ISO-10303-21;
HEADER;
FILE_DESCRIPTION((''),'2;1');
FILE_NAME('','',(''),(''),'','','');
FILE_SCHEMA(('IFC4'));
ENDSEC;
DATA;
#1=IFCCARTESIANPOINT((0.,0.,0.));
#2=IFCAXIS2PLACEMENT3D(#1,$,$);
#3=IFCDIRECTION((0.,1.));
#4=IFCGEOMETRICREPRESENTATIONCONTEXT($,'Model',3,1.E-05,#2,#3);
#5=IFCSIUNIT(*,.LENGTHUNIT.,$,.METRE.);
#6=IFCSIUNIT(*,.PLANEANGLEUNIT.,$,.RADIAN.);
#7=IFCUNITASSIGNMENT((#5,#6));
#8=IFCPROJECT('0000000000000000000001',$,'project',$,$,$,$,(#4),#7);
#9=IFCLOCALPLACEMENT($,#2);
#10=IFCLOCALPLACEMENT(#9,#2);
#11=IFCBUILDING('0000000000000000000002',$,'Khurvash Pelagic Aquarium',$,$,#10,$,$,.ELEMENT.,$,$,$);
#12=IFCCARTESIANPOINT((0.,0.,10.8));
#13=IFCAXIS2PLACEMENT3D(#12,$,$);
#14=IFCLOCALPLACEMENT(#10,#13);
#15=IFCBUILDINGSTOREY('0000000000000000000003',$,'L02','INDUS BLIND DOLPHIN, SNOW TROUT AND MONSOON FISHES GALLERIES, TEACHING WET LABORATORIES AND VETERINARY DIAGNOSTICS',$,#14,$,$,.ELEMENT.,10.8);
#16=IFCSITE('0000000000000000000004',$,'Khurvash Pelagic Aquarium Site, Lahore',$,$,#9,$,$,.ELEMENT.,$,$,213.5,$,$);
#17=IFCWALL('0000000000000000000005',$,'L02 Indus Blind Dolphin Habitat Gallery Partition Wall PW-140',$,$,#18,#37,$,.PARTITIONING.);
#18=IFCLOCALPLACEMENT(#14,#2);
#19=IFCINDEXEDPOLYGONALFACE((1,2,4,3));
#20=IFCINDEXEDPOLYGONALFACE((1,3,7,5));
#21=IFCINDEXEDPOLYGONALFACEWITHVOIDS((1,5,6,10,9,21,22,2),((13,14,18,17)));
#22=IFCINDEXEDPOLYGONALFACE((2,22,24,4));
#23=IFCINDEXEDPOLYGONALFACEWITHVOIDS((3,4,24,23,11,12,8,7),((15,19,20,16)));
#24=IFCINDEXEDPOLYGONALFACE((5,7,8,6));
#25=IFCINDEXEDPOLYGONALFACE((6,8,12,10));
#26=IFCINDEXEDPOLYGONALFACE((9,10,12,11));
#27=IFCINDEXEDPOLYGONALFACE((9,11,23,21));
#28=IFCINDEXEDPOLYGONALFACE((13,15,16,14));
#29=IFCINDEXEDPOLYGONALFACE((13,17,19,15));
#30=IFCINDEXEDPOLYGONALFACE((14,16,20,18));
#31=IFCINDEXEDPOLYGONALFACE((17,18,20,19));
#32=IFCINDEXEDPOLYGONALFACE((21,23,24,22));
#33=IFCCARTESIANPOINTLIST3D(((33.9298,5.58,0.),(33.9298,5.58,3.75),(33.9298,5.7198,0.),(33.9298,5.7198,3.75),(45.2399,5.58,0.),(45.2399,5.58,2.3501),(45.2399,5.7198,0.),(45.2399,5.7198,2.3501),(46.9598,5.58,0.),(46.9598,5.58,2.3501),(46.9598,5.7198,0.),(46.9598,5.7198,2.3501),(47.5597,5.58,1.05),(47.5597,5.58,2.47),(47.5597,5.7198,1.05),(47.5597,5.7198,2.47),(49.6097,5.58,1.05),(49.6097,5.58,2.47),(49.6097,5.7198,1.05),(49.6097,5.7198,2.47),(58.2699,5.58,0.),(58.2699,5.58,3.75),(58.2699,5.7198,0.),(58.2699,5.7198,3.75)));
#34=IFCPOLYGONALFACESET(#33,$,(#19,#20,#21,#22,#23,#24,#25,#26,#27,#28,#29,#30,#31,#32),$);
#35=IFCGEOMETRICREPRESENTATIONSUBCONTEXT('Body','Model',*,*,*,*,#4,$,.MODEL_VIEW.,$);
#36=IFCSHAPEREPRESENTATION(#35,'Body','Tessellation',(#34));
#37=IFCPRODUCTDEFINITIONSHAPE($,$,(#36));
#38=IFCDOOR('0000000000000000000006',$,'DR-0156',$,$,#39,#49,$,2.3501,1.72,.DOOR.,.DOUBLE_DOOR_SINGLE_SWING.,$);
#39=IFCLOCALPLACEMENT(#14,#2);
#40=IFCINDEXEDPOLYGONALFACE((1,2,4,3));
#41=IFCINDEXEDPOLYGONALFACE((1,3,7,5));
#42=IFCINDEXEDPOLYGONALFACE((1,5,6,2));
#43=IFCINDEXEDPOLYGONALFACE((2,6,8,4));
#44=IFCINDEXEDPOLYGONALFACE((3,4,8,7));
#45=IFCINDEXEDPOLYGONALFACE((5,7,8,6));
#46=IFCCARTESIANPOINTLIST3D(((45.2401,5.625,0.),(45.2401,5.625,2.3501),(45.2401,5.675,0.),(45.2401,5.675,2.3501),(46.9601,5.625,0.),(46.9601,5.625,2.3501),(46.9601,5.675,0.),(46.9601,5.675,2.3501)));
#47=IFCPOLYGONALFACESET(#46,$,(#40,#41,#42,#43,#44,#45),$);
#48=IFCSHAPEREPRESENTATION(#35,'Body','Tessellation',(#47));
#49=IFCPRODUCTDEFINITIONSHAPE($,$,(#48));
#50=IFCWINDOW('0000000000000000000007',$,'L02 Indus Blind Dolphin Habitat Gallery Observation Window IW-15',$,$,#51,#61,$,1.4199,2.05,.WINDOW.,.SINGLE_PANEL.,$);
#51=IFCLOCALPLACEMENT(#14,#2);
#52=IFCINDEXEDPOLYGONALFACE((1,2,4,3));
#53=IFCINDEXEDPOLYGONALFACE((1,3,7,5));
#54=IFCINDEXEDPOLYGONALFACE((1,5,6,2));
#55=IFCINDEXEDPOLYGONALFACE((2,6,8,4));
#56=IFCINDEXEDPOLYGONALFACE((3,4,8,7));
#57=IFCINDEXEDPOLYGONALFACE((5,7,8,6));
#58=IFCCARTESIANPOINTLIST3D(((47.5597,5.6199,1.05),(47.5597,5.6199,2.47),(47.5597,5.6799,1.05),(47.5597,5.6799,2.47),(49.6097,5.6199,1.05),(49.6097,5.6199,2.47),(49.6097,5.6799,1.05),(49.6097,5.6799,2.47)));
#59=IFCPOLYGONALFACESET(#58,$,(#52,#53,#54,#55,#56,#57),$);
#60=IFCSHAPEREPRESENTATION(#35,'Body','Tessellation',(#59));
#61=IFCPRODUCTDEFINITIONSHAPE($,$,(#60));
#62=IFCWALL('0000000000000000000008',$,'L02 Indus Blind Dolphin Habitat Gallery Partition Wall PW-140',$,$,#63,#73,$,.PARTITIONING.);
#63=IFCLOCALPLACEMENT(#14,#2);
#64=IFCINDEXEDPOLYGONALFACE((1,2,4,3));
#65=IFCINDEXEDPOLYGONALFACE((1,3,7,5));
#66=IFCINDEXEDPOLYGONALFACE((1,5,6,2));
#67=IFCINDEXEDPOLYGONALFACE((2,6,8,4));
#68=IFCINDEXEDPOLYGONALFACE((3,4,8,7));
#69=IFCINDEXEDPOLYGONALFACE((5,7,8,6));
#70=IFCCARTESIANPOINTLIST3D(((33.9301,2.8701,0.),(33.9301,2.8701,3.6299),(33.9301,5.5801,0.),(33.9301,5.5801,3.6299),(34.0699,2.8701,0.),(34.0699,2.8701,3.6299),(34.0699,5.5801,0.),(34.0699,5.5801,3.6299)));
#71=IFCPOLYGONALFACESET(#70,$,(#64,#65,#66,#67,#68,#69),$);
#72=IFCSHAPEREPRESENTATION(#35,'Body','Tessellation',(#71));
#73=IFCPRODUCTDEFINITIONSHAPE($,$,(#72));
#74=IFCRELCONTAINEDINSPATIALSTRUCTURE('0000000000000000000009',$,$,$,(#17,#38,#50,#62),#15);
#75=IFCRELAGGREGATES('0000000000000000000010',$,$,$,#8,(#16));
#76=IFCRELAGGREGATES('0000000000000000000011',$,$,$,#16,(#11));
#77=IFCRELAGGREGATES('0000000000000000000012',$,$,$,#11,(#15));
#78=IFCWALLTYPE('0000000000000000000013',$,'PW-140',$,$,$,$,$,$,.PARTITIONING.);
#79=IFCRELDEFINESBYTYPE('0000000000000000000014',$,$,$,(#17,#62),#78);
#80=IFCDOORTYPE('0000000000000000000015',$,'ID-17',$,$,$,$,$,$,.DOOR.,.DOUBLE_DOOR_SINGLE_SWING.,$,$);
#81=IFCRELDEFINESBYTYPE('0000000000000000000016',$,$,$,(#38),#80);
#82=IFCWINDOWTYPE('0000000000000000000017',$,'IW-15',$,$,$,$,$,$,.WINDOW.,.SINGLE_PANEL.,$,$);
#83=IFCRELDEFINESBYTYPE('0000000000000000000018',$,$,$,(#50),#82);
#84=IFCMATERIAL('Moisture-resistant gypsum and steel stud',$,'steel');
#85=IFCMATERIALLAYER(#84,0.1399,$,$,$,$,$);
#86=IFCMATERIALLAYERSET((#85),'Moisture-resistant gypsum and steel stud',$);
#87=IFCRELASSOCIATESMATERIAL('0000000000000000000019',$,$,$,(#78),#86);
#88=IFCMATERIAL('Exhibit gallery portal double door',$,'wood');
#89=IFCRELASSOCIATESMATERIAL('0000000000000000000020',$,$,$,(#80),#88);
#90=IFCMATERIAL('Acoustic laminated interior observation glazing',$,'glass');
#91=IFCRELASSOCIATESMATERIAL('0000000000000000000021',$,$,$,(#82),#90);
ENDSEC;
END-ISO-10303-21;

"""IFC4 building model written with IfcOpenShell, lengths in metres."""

from ifc_helpers import new_model, si_unit, direction, frame, frame_2d, origin, place, context, subcontext, project, spatial, rectangle, extrude, material, layer, layer_set, type_object, element, fill, save


model = new_model("IFC4")

# Units and contexts
model_context = context("Model", 3, precision=1e-05, world=origin(), true_north=direction((0.0, 1.0)))
body_context = subcontext(model_context, "Body", "Model", "MODEL_VIEW")
ifc_project = project(units=[si_unit("LENGTHUNIT", "METRE"), si_unit("PLANEANGLEUNIT", "RADIAN")], contexts=[model_context])

# Site, building, storey
site_placement = place(None, origin())
site = spatial("IfcSite", under=ifc_project, at=site_placement, Name="Khurvash Pelagic Aquarium Site, Lahore", CompositionType="ELEMENT", RefElevation=213.5)
building_placement = place(site_placement, origin())
building = spatial("IfcBuilding", under=site, at=building_placement, Name="Khurvash Pelagic Aquarium", CompositionType="ELEMENT")
storey_placement = place(building_placement, frame((0.0, 0.0, 10.8)))
storey = spatial("IfcBuildingStorey", under=building, at=storey_placement, Name="L02", Description="INDUS BLIND DOLPHIN, SNOW TROUT AND MONSOON FISHES GALLERIES, TEACHING WET LABORATORIES AND VETERINARY DIAGNOSTICS", CompositionType="ELEMENT", Elevation=10.8)

# Wall, openings, door, window
ifc_material_1 = material(Name="Moisture-resistant gypsum and steel stud", Category="steel")
ifc_layer_1 = layer(ifc_material_1, 0.1399)
ifc_layer_set_1 = layer_set([ifc_layer_1], Name="Moisture-resistant gypsum and steel stud")
wall_type = type_object("IfcWallType", Name="PW-140", PredefinedType="PARTITIONING", material=ifc_layer_set_1)
wall_1_placement = place(storey_placement, frame((33.9299, 5.6499, 0.0), z_axis=(0.0, 0.0, 1.0), x_axis=(1.0, 0.0, 0.0)))
wall_1 = element("IfcWall", 1, at=wall_1_placement, inside=storey, type_object=wall_type, Name="L02 Indus Blind Dolphin Habitat Gallery Partition Wall PW-140", PredefinedType="PARTITIONING", context=body_context, shape_type="SweptSolid", body=[
    extrude(rectangle(XDim=24.3401, YDim=0.1399, at=frame_2d((12.1699, 0.0))), origin(), (0.0, 0.0, 1.0), 3.75),
])
opening_1_placement = place(wall_1_placement, frame((11.3101, 0.0, 0.0)))
opening_1 = element("IfcOpeningElement", 2, at=opening_1_placement, cuts=wall_1, PredefinedType="OPENING", context=body_context, shape_type="SweptSolid", body=[
    extrude(rectangle(XDim=1.72, YDim=2.3501, at=frame_2d((0.8599, 1.175))), frame((0.0, 0.0801, 0.0), z_axis=(0.0, -1.0, 0.0), x_axis=(1.0, 0.0, 0.0)), (0.0, 0.0, 1.0), 0.1599),
])
opening_2_placement = place(wall_1_placement, frame((13.6299, 0.0, 1.05)))
opening_2 = element("IfcOpeningElement", 3, at=opening_2_placement, cuts=wall_1, PredefinedType="OPENING", context=body_context, shape_type="SweptSolid", body=[
    extrude(rectangle(XDim=2.05, YDim=1.4199, at=frame_2d((1.0249, 0.71))), frame((0.0, 0.0801, 0.0), z_axis=(0.0, -1.0, 0.0), x_axis=(1.0, 0.0, 0.0)), (0.0, 0.0, 1.0), 0.1599),
])
ifc_material_2 = material(Name="Exhibit gallery portal double door", Category="wood")
door_type = type_object("IfcDoorType", Name="ID-17", OperationType="DOUBLE_DOOR_SINGLE_SWING", PredefinedType="DOOR", material=ifc_material_2)
door_placement = place(opening_1_placement, frame((1.72, 0.0, 0.0), z_axis=(0.0, 0.0, 1.0), x_axis=(-1.0, 0.0, 0.0)))
door = element("IfcDoor", 4, at=door_placement, inside=storey, type_object=door_type, Name="DR-0156", OperationType="DOUBLE_DOOR_SINGLE_SWING", OverallHeight=2.3501, OverallWidth=1.72, PredefinedType="DOOR", context=body_context, shape_type="SweptSolid", body=[
    extrude(rectangle(XDim=1.72, YDim=2.3501, at=frame_2d((0.8599, 1.175))), frame((0.0, 0.0249, 0.0), z_axis=(0.0, -1.0, 0.0), x_axis=(1.0, 0.0, 0.0)), (0.0, 0.0, 1.0), 0.05),
])
fill(opening_1, door)
ifc_material_3 = material(Name="Acoustic laminated interior observation glazing", Category="glass")
window_type = type_object("IfcWindowType", Name="IW-15", PartitioningType="SINGLE_PANEL", PredefinedType="WINDOW", material=ifc_material_3)
window_placement = place(opening_2_placement, origin())
window = element("IfcWindow", 5, at=window_placement, inside=storey, type_object=window_type, Name="L02 Indus Blind Dolphin Habitat Gallery Observation Window IW-15", OverallHeight=1.4199, OverallWidth=2.05, PartitioningType="SINGLE_PANEL", PredefinedType="WINDOW", context=body_context, shape_type="SweptSolid", body=[
    extrude(rectangle(XDim=2.05, YDim=1.4199, at=frame_2d((1.0249, 0.71))), frame((0.0, 0.03, 0.0), z_axis=(0.0, -1.0, 0.0), x_axis=(1.0, 0.0, 0.0)), (0.0, 0.0, 1.0), 0.0601),
])
fill(opening_2, window)

# Wall
wall_2_placement = place(storey_placement, frame((34.0, 2.8701, 0.0), z_axis=(0.0, 0.0, 1.0), x_axis=(0.0, 1.0, 0.0)))
element("IfcWall", 6, at=wall_2_placement, inside=storey, type_object=wall_type, Name="L02 Indus Blind Dolphin Habitat Gallery Partition Wall PW-140", PredefinedType="PARTITIONING", context=body_context, shape_type="SweptSolid", body=[
    extrude(rectangle(XDim=2.71, YDim=0.1399, at=frame_2d((1.355, 0.0))), origin(), (0.0, 0.0, 1.0), 3.6299),
])

save(model, "model.ifc")
